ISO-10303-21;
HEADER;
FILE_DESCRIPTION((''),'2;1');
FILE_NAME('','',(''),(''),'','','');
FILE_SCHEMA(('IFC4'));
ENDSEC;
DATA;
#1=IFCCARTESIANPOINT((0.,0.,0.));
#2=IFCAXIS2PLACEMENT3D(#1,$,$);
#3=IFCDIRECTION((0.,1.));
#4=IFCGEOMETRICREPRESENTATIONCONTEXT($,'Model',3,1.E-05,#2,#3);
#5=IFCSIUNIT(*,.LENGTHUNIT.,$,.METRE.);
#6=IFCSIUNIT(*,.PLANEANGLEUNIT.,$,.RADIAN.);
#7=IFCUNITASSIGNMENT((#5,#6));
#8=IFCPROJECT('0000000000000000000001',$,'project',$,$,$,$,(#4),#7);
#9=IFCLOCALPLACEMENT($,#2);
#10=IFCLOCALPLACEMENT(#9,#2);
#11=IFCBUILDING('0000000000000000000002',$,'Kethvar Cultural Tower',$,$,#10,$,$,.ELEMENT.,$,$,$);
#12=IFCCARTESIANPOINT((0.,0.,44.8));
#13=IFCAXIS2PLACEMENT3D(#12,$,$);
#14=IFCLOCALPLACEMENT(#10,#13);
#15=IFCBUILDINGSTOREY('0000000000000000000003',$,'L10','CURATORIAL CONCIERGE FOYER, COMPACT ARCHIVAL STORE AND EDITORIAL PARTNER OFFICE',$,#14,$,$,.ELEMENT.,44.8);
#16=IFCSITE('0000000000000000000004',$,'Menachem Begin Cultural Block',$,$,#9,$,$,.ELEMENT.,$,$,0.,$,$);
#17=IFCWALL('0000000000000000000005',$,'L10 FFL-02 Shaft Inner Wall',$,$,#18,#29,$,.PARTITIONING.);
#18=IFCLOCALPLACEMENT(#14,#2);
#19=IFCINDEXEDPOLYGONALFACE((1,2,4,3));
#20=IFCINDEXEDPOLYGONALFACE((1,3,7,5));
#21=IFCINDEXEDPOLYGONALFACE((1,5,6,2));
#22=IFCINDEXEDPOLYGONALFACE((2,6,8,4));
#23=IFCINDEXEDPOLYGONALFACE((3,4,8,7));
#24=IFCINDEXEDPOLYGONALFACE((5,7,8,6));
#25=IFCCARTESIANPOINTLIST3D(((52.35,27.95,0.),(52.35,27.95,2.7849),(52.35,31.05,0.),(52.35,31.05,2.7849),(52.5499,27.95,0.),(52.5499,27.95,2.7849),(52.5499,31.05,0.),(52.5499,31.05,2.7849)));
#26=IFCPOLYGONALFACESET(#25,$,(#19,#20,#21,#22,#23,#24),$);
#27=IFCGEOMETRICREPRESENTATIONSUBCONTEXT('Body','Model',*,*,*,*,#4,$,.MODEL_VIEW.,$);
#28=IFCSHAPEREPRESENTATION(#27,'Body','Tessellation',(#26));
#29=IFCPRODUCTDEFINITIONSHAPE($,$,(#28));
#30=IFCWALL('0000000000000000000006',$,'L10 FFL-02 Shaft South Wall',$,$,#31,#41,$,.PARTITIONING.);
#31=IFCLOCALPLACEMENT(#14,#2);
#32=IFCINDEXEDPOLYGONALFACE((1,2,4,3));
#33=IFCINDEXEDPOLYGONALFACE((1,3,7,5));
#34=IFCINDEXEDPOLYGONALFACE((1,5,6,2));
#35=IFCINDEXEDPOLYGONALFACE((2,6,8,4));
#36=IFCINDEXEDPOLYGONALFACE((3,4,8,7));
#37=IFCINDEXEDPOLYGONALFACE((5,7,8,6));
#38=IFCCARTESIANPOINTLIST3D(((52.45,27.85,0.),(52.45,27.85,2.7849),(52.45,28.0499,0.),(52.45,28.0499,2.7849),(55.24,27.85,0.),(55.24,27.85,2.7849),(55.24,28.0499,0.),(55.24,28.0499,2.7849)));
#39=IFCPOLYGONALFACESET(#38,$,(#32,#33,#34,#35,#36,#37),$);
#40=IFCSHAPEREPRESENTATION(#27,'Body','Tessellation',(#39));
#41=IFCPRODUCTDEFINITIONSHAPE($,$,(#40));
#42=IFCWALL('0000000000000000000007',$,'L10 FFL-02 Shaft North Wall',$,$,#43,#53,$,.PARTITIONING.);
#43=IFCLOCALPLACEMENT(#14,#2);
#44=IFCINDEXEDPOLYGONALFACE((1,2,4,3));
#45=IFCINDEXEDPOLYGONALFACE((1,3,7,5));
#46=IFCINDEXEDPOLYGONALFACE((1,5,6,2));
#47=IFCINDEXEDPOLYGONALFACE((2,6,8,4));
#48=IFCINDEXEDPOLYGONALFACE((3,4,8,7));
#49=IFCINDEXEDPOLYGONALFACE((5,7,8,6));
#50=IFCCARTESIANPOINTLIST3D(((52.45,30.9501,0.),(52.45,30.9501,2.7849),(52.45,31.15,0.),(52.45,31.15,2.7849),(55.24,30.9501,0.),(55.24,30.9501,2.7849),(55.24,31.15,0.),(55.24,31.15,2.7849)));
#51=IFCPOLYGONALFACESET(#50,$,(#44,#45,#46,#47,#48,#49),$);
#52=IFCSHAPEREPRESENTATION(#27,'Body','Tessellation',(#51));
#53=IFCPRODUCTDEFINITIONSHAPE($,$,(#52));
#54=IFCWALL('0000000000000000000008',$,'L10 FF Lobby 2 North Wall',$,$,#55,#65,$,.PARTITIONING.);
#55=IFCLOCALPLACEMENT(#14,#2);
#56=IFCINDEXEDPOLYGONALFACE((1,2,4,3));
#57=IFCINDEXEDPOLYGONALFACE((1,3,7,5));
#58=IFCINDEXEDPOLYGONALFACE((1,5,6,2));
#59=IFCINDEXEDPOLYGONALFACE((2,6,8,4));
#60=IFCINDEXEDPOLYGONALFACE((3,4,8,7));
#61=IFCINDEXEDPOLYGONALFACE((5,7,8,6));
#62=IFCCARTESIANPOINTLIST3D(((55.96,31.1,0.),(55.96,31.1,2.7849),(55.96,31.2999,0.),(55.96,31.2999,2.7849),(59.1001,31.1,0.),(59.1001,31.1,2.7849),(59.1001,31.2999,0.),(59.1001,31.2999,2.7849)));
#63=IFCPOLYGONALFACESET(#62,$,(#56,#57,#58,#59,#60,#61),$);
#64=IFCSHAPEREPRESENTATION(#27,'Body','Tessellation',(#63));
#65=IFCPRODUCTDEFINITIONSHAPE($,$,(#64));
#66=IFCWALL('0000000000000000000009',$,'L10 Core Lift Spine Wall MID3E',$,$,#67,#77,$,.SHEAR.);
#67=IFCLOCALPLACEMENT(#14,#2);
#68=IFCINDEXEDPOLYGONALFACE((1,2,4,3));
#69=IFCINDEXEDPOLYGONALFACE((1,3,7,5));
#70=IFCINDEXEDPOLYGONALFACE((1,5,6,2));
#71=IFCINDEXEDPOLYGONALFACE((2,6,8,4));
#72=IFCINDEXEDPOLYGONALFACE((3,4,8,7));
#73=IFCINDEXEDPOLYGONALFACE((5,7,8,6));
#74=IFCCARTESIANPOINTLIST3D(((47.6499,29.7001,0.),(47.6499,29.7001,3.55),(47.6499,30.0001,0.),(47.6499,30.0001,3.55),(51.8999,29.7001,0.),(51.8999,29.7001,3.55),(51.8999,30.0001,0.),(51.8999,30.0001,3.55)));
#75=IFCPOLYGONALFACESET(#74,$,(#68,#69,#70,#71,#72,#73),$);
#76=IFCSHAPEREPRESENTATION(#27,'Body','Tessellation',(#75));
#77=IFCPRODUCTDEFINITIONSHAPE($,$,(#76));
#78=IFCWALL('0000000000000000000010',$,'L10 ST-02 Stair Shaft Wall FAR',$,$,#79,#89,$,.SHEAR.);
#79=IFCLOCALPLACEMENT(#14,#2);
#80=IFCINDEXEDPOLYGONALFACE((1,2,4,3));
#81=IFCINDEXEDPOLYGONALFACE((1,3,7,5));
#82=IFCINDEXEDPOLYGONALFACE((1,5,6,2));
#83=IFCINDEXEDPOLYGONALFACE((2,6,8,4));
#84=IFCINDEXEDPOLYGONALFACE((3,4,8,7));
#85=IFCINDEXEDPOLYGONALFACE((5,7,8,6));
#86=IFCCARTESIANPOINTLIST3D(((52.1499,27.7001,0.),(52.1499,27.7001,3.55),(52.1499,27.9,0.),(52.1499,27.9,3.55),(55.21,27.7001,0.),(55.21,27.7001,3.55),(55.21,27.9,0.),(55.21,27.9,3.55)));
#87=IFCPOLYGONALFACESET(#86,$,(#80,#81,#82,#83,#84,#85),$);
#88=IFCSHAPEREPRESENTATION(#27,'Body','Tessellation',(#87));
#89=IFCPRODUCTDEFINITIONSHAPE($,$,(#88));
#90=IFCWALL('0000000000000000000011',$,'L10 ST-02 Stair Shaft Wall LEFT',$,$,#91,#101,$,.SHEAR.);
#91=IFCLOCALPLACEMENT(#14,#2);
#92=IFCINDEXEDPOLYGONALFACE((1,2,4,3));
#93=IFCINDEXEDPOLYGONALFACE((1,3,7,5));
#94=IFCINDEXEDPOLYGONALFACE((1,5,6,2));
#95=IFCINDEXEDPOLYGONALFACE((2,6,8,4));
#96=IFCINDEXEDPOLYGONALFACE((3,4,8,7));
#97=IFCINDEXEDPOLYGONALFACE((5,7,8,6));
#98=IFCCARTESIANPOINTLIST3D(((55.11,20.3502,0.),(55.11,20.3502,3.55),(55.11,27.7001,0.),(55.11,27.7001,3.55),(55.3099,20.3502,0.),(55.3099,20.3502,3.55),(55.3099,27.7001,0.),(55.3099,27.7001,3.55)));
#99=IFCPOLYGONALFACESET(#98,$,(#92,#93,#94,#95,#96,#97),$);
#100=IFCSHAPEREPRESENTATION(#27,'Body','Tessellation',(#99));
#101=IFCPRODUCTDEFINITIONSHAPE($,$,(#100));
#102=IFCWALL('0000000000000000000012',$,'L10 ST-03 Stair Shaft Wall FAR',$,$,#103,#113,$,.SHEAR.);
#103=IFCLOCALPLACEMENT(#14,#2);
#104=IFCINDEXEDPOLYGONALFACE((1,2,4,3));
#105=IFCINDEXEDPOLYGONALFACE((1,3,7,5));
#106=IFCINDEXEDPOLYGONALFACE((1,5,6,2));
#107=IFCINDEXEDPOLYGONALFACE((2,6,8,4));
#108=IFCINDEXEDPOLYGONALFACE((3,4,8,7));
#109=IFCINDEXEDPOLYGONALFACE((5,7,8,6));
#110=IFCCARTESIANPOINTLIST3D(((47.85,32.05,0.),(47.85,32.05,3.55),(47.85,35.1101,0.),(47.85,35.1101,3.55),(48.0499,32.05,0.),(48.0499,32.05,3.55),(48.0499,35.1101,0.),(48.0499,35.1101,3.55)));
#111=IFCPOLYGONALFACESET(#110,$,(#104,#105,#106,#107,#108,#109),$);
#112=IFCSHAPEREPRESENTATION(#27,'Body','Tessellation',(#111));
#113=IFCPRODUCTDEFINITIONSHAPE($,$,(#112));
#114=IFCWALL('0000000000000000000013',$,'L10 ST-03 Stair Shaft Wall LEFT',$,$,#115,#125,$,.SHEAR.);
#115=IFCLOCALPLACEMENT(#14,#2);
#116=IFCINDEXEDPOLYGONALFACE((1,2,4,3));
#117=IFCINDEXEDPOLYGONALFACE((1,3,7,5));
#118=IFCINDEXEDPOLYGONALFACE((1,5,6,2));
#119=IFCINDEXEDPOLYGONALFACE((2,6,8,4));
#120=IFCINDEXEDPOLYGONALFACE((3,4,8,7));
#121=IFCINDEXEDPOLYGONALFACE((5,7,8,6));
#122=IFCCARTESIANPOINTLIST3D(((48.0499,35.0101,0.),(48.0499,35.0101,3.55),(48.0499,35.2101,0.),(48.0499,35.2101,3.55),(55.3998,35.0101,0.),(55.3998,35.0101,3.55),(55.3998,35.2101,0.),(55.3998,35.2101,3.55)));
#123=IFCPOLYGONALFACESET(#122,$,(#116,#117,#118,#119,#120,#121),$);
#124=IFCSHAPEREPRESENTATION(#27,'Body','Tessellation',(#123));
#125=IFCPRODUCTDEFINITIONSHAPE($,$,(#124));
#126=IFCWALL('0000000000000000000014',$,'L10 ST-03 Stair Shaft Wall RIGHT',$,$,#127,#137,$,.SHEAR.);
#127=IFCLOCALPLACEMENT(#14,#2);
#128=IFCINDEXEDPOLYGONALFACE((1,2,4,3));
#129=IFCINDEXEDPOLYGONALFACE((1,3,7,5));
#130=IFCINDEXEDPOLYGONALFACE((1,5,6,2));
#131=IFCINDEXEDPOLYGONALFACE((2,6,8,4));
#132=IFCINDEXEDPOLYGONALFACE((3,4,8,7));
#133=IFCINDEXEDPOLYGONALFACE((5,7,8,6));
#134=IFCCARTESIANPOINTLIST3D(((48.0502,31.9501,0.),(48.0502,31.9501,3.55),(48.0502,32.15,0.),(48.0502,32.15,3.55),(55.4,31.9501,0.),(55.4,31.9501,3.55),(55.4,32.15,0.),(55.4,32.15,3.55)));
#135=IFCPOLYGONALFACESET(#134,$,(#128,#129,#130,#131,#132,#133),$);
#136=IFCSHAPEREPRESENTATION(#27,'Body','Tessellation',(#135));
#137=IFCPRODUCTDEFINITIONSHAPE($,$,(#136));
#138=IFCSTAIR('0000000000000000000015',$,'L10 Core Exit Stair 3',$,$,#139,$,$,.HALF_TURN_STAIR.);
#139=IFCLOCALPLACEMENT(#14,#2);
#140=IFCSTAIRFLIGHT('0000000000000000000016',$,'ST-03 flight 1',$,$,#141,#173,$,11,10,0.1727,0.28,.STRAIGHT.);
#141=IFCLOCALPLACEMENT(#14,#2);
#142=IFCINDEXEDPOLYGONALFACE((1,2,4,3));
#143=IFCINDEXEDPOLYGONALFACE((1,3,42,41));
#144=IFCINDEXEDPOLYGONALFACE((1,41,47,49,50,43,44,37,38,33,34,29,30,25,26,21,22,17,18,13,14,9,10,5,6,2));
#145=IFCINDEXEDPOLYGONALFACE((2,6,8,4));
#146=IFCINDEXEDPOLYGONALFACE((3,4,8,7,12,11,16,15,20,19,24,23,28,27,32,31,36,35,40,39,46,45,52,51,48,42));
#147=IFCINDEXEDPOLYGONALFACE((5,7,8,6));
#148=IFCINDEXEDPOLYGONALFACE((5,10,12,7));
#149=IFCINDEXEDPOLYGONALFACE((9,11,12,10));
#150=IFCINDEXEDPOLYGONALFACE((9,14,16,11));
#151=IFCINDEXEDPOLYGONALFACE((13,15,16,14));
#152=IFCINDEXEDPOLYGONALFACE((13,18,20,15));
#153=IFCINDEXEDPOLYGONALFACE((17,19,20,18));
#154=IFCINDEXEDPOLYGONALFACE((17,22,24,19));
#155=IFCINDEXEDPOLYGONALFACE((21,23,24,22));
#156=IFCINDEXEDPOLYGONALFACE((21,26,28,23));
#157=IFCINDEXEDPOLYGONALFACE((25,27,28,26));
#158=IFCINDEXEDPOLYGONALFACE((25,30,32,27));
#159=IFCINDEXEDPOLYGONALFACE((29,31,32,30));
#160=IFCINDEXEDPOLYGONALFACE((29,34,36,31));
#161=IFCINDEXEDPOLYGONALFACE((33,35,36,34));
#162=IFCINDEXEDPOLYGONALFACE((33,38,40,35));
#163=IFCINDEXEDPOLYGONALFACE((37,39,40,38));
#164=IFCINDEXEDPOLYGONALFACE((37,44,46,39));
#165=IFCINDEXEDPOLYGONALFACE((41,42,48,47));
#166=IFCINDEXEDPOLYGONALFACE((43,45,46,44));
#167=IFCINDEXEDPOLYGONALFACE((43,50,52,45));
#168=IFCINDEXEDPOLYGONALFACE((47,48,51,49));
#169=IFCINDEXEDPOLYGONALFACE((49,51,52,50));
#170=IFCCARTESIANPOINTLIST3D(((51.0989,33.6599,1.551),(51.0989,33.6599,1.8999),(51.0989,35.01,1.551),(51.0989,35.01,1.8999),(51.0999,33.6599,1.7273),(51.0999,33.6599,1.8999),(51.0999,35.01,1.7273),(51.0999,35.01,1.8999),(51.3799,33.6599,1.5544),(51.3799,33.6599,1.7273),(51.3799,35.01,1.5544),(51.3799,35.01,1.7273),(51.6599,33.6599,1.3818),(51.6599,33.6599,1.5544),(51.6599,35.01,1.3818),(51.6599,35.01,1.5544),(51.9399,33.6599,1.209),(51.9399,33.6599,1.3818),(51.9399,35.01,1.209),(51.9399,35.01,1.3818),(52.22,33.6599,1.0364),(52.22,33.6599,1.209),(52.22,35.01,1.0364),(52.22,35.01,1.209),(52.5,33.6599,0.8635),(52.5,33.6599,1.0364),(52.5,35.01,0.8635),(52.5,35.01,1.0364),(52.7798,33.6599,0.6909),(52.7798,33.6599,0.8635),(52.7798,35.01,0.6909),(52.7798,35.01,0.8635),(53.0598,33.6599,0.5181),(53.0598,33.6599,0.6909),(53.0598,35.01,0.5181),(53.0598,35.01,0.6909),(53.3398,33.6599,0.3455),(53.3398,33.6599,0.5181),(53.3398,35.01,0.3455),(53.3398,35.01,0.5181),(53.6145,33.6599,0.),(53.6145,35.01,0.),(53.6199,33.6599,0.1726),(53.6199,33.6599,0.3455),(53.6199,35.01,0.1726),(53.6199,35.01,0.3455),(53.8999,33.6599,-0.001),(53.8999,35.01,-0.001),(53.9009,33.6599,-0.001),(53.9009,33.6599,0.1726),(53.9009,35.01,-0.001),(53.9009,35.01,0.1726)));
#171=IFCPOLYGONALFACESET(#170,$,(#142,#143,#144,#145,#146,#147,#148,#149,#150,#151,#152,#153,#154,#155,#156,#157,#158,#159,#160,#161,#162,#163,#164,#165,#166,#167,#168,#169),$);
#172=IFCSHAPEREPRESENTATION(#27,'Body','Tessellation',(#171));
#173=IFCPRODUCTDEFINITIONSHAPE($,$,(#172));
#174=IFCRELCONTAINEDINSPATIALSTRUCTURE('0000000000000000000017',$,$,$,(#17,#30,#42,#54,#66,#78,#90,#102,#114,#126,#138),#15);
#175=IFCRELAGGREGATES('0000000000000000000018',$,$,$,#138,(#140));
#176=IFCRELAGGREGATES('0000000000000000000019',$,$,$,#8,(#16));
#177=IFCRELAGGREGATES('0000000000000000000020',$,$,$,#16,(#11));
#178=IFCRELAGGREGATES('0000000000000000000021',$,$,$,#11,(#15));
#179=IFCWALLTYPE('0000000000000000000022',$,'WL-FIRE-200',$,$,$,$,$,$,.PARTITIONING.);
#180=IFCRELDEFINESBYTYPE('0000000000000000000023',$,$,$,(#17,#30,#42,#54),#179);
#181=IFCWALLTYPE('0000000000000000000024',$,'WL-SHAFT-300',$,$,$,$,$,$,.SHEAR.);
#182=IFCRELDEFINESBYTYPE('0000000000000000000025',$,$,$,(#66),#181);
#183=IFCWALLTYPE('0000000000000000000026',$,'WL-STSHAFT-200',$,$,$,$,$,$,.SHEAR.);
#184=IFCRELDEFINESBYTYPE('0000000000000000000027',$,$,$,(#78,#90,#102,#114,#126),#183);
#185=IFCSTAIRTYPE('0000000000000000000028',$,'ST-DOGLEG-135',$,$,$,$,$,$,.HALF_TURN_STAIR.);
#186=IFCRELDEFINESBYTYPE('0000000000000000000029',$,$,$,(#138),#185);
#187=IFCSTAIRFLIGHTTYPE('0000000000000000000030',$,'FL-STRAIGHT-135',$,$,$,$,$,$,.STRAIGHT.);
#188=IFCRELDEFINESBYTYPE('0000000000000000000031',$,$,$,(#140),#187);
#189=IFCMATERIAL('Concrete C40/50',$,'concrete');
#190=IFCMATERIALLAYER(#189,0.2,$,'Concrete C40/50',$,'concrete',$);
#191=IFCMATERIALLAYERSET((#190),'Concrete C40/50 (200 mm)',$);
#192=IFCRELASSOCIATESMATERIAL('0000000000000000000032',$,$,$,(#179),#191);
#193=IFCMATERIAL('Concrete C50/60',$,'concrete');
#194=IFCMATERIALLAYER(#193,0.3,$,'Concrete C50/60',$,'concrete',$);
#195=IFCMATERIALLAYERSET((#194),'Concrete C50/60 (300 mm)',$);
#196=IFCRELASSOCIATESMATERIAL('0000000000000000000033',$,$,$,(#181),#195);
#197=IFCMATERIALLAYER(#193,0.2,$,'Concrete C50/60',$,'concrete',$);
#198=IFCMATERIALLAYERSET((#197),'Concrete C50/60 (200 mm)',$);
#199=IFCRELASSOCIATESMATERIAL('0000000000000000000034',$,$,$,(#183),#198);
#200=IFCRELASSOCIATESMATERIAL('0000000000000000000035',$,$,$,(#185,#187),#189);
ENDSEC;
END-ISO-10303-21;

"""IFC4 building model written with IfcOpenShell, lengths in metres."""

from ifc_helpers import new_model, si_unit, direction, frame, frame_2d, origin, place, context, subcontext, project, spatial, polyline, rectangle, outline, extrude, material, layer, layer_set, type_object, element, aggregate, save


model = new_model("IFC4")

# Units and contexts
model_context = context("Model", 3, precision=1e-05, world=origin(), true_north=direction((0.0, 1.0)))
body_context = subcontext(model_context, "Body", "Model", "MODEL_VIEW")
ifc_project = project(units=[si_unit("LENGTHUNIT", "METRE"), si_unit("PLANEANGLEUNIT", "RADIAN")], contexts=[model_context])

# Site, building, storey
site_placement = place(None, origin())
site = spatial("IfcSite", under=ifc_project, at=site_placement, Name="Menachem Begin Cultural Block", CompositionType="ELEMENT", RefElevation=0.0)
building_placement = place(site_placement, origin())
building = spatial("IfcBuilding", under=site, at=building_placement, Name="Kethvar Cultural Tower", CompositionType="ELEMENT")
storey_placement = place(building_placement, frame((0.0, 0.0, 44.8)))
storey = spatial("IfcBuildingStorey", under=building, at=storey_placement, Name="L10", Description="CURATORIAL CONCIERGE FOYER, COMPACT ARCHIVAL STORE AND EDITORIAL PARTNER OFFICE", CompositionType="ELEMENT", Elevation=44.8)

# Walls
ifc_material_1 = material(Name="Concrete C40/50", Category="concrete")
ifc_layer_1 = layer(ifc_material_1, 0.2, Name="Concrete C40/50", Category="concrete")
ifc_layer_set_1 = layer_set([ifc_layer_1], Name="Concrete C40/50 (200 mm)")
wall_type_1 = type_object("IfcWallType", Name="WL-FIRE-200", PredefinedType="PARTITIONING", material=ifc_layer_set_1)
wall_1_placement = place(storey_placement, frame((52.45, 27.95, 0.0), z_axis=(0.0, 0.0, 1.0), x_axis=(0.0, 1.0, 0.0)))
element("IfcWall", 1, at=wall_1_placement, inside=storey, type_object=wall_type_1, Name="L10 FFL-02 Shaft Inner Wall", PredefinedType="PARTITIONING", context=body_context, shape_type="SweptSolid", body=[
    extrude(rectangle(XDim=3.1001, YDim=0.2, at=frame_2d((1.55, 0.0))), origin(), (0.0, 0.0, 1.0), 2.7849),
])
for number, where, z_axis, x_axis, name in (
    (2, (52.45, 27.95, 0.0), (0.0, 0.0, 1.0), (1.0, 0.0, 0.0), "L10 FFL-02 Shaft South Wall"),
    (3, (52.45, 31.05, 0.0), (0.0, 0.0, 1.0), (1.0, 0.0, 0.0), "L10 FFL-02 Shaft North Wall"),
):
    element("IfcWall", number, at=place(storey_placement, frame(where, z_axis=z_axis, x_axis=x_axis)), inside=storey, type_object=wall_type_1, Name=name, PredefinedType="PARTITIONING", context=body_context, shape_type="SweptSolid", body=[
        extrude(rectangle(XDim=2.79, YDim=0.2, at=frame_2d((1.395, 0.0))), origin(), (0.0, 0.0, 1.0), 2.7849),
    ])
wall_2_placement = place(storey_placement, frame((55.96, 31.2, 0.0), z_axis=(0.0, 0.0, 1.0), x_axis=(1.0, 0.0, 0.0)))
element("IfcWall", 4, at=wall_2_placement, inside=storey, type_object=wall_type_1, Name="L10 FF Lobby 2 North Wall", PredefinedType="PARTITIONING", context=body_context, shape_type="SweptSolid", body=[
    extrude(rectangle(XDim=3.1401, YDim=0.2, at=frame_2d((1.5701, 0.0))), origin(), (0.0, 0.0, 1.0), 2.7849),
])
ifc_material_2 = material(Name="Concrete C50/60", Category="concrete")
ifc_layer_2 = layer(ifc_material_2, 0.3, Name="Concrete C50/60", Category="concrete")
ifc_layer_set_2 = layer_set([ifc_layer_2], Name="Concrete C50/60 (300 mm)")
wall_type_2 = type_object("IfcWallType", Name="WL-SHAFT-300", PredefinedType="SHEAR", material=ifc_layer_set_2)
wall_3_placement = place(storey_placement, frame((47.6499, 29.8501, 0.0), z_axis=(0.0, 0.0, 1.0), x_axis=(1.0, 0.0, 0.0)))
element("IfcWall", 5, at=wall_3_placement, inside=storey, type_object=wall_type_2, Name="L10 Core Lift Spine Wall MID3E", PredefinedType="SHEAR", context=body_context, shape_type="SweptSolid", body=[
    extrude(rectangle(XDim=4.25, YDim=0.3, at=frame_2d((2.125, 0.0))), origin(), (0.0, 0.0, 1.0), 3.55),
])
ifc_layer_3 = layer(ifc_material_2, 0.2, Name="Concrete C50/60", Category="concrete")
ifc_layer_set_3 = layer_set([ifc_layer_3], Name="Concrete C50/60 (200 mm)")
wall_type_3 = type_object("IfcWallType", Name="WL-STSHAFT-200", PredefinedType="SHEAR", material=ifc_layer_set_3)
wall_4_placement = place(storey_placement, frame((52.1499, 27.8, 0.0), z_axis=(0.0, 0.0, 1.0), x_axis=(1.0, 0.0, 0.0)))
element("IfcWall", 6, at=wall_4_placement, inside=storey, type_object=wall_type_3, Name="L10 ST-02 Stair Shaft Wall FAR", PredefinedType="SHEAR", context=body_context, shape_type="SweptSolid", body=[
    extrude(rectangle(XDim=3.0601, YDim=0.2, at=frame_2d((1.53, 0.0))), origin(), (0.0, 0.0, 1.0), 3.55),
])
wall_5_placement = place(storey_placement, frame((55.21, 27.7, 0.0), z_axis=(0.0, 0.0, 1.0), x_axis=(0.0, -1.0, 0.0)))
element("IfcWall", 7, at=wall_5_placement, inside=storey, type_object=wall_type_3, Name="L10 ST-02 Stair Shaft Wall LEFT", PredefinedType="SHEAR", context=body_context, shape_type="SweptSolid", body=[
    extrude(rectangle(XDim=7.3499, YDim=0.2, at=frame_2d((3.6748, 0.0))), origin(), (0.0, 0.0, 1.0), 3.55),
])
wall_6_placement = place(storey_placement, frame((47.95, 32.05, 0.0), z_axis=(0.0, 0.0, 1.0), x_axis=(0.0, 1.0, 0.0)))
element("IfcWall", 8, at=wall_6_placement, inside=storey, type_object=wall_type_3, Name="L10 ST-03 Stair Shaft Wall FAR", PredefinedType="SHEAR", context=body_context, shape_type="SweptSolid", body=[
    extrude(rectangle(XDim=3.0601, YDim=0.2, at=frame_2d((1.53, 0.0))), origin(), (0.0, 0.0, 1.0), 3.55),
])
for number, where, z_axis, x_axis, name in (
    (9, (48.05, 35.1101, 0.0), (0.0, 0.0, 1.0), (1.0, 0.0, 0.0), "L10 ST-03 Stair Shaft Wall LEFT"),
    (10, (55.3999, 32.05, 0.0), (0.0, 0.0, 1.0), (-1.0, 0.0, 0.0), "L10 ST-03 Stair Shaft Wall RIGHT"),
):
    element("IfcWall", number, at=place(storey_placement, frame(where, z_axis=z_axis, x_axis=x_axis)), inside=storey, type_object=wall_type_3, Name=name, PredefinedType="SHEAR", context=body_context, shape_type="SweptSolid", body=[
        extrude(rectangle(XDim=7.3499, YDim=0.2, at=frame_2d((3.6748, 0.0))), origin(), (0.0, 0.0, 1.0), 3.55),
    ])

# Stair, stair flight
stair_type = type_object("IfcStairType", Name="ST-DOGLEG-135", PredefinedType="HALF_TURN_STAIR", material=ifc_material_1)
stair_placement = place(storey_placement, origin())
stair = element("IfcStair", 11, at=stair_placement, inside=storey, type_object=stair_type, Name="L10 Core Exit Stair 3", PredefinedType="HALF_TURN_STAIR")
stair_flight_type = type_object("IfcStairFlightType", Name="FL-STRAIGHT-135", PredefinedType="STRAIGHT", material=ifc_material_1)
stair_flight_1_placement = place(storey_placement, frame((53.8999, 34.335, 0.0), z_axis=(0.0, 0.0, 1.0), x_axis=(-1.0, 0.0, 0.0)))
stair_flight_1 = element("IfcStairFlight", 12, at=stair_flight_1_placement, type_object=stair_flight_type, Name="ST-03 flight 1", NumberOfRisers=11, NumberOfTreads=10, PredefinedType="STRAIGHT", RiserHeight=0.1727, TreadLength=0.28, context=body_context, shape_type="SweptSolid", body=[
    extrude(outline(polyline([(-0.001, -0.001), (-0.001, 0.1726), (0.28, 0.1726), (0.28, 0.3455), (0.5601, 0.3455), (0.5601, 0.5181), (0.8401, 0.5181), (0.8401, 0.6909), (1.1201, 0.6909), (1.1201, 0.8635), (1.3999, 0.8635), (1.3999, 1.0364), (1.6799, 1.0364), (1.6799, 1.209), (1.96, 1.209), (1.96, 1.3818), (2.24, 1.3818), (2.24, 1.5544), (2.52, 1.5544), (2.52, 1.7273), (2.8, 1.7273), (2.8, 1.8999), (2.801, 1.8999), (2.801, 1.551), (0.2854, 0.0), (0.0, -0.001), (-0.001, -0.001)])), frame((0.0, 0.675, 0.0), z_axis=(0.0, -1.0, 0.0), x_axis=(1.0, 0.0, 0.0)), (0.0, 0.0, 1.0), 1.3501),
])
aggregate(stair, [stair_flight_1])

save(model, "model.ifc")
